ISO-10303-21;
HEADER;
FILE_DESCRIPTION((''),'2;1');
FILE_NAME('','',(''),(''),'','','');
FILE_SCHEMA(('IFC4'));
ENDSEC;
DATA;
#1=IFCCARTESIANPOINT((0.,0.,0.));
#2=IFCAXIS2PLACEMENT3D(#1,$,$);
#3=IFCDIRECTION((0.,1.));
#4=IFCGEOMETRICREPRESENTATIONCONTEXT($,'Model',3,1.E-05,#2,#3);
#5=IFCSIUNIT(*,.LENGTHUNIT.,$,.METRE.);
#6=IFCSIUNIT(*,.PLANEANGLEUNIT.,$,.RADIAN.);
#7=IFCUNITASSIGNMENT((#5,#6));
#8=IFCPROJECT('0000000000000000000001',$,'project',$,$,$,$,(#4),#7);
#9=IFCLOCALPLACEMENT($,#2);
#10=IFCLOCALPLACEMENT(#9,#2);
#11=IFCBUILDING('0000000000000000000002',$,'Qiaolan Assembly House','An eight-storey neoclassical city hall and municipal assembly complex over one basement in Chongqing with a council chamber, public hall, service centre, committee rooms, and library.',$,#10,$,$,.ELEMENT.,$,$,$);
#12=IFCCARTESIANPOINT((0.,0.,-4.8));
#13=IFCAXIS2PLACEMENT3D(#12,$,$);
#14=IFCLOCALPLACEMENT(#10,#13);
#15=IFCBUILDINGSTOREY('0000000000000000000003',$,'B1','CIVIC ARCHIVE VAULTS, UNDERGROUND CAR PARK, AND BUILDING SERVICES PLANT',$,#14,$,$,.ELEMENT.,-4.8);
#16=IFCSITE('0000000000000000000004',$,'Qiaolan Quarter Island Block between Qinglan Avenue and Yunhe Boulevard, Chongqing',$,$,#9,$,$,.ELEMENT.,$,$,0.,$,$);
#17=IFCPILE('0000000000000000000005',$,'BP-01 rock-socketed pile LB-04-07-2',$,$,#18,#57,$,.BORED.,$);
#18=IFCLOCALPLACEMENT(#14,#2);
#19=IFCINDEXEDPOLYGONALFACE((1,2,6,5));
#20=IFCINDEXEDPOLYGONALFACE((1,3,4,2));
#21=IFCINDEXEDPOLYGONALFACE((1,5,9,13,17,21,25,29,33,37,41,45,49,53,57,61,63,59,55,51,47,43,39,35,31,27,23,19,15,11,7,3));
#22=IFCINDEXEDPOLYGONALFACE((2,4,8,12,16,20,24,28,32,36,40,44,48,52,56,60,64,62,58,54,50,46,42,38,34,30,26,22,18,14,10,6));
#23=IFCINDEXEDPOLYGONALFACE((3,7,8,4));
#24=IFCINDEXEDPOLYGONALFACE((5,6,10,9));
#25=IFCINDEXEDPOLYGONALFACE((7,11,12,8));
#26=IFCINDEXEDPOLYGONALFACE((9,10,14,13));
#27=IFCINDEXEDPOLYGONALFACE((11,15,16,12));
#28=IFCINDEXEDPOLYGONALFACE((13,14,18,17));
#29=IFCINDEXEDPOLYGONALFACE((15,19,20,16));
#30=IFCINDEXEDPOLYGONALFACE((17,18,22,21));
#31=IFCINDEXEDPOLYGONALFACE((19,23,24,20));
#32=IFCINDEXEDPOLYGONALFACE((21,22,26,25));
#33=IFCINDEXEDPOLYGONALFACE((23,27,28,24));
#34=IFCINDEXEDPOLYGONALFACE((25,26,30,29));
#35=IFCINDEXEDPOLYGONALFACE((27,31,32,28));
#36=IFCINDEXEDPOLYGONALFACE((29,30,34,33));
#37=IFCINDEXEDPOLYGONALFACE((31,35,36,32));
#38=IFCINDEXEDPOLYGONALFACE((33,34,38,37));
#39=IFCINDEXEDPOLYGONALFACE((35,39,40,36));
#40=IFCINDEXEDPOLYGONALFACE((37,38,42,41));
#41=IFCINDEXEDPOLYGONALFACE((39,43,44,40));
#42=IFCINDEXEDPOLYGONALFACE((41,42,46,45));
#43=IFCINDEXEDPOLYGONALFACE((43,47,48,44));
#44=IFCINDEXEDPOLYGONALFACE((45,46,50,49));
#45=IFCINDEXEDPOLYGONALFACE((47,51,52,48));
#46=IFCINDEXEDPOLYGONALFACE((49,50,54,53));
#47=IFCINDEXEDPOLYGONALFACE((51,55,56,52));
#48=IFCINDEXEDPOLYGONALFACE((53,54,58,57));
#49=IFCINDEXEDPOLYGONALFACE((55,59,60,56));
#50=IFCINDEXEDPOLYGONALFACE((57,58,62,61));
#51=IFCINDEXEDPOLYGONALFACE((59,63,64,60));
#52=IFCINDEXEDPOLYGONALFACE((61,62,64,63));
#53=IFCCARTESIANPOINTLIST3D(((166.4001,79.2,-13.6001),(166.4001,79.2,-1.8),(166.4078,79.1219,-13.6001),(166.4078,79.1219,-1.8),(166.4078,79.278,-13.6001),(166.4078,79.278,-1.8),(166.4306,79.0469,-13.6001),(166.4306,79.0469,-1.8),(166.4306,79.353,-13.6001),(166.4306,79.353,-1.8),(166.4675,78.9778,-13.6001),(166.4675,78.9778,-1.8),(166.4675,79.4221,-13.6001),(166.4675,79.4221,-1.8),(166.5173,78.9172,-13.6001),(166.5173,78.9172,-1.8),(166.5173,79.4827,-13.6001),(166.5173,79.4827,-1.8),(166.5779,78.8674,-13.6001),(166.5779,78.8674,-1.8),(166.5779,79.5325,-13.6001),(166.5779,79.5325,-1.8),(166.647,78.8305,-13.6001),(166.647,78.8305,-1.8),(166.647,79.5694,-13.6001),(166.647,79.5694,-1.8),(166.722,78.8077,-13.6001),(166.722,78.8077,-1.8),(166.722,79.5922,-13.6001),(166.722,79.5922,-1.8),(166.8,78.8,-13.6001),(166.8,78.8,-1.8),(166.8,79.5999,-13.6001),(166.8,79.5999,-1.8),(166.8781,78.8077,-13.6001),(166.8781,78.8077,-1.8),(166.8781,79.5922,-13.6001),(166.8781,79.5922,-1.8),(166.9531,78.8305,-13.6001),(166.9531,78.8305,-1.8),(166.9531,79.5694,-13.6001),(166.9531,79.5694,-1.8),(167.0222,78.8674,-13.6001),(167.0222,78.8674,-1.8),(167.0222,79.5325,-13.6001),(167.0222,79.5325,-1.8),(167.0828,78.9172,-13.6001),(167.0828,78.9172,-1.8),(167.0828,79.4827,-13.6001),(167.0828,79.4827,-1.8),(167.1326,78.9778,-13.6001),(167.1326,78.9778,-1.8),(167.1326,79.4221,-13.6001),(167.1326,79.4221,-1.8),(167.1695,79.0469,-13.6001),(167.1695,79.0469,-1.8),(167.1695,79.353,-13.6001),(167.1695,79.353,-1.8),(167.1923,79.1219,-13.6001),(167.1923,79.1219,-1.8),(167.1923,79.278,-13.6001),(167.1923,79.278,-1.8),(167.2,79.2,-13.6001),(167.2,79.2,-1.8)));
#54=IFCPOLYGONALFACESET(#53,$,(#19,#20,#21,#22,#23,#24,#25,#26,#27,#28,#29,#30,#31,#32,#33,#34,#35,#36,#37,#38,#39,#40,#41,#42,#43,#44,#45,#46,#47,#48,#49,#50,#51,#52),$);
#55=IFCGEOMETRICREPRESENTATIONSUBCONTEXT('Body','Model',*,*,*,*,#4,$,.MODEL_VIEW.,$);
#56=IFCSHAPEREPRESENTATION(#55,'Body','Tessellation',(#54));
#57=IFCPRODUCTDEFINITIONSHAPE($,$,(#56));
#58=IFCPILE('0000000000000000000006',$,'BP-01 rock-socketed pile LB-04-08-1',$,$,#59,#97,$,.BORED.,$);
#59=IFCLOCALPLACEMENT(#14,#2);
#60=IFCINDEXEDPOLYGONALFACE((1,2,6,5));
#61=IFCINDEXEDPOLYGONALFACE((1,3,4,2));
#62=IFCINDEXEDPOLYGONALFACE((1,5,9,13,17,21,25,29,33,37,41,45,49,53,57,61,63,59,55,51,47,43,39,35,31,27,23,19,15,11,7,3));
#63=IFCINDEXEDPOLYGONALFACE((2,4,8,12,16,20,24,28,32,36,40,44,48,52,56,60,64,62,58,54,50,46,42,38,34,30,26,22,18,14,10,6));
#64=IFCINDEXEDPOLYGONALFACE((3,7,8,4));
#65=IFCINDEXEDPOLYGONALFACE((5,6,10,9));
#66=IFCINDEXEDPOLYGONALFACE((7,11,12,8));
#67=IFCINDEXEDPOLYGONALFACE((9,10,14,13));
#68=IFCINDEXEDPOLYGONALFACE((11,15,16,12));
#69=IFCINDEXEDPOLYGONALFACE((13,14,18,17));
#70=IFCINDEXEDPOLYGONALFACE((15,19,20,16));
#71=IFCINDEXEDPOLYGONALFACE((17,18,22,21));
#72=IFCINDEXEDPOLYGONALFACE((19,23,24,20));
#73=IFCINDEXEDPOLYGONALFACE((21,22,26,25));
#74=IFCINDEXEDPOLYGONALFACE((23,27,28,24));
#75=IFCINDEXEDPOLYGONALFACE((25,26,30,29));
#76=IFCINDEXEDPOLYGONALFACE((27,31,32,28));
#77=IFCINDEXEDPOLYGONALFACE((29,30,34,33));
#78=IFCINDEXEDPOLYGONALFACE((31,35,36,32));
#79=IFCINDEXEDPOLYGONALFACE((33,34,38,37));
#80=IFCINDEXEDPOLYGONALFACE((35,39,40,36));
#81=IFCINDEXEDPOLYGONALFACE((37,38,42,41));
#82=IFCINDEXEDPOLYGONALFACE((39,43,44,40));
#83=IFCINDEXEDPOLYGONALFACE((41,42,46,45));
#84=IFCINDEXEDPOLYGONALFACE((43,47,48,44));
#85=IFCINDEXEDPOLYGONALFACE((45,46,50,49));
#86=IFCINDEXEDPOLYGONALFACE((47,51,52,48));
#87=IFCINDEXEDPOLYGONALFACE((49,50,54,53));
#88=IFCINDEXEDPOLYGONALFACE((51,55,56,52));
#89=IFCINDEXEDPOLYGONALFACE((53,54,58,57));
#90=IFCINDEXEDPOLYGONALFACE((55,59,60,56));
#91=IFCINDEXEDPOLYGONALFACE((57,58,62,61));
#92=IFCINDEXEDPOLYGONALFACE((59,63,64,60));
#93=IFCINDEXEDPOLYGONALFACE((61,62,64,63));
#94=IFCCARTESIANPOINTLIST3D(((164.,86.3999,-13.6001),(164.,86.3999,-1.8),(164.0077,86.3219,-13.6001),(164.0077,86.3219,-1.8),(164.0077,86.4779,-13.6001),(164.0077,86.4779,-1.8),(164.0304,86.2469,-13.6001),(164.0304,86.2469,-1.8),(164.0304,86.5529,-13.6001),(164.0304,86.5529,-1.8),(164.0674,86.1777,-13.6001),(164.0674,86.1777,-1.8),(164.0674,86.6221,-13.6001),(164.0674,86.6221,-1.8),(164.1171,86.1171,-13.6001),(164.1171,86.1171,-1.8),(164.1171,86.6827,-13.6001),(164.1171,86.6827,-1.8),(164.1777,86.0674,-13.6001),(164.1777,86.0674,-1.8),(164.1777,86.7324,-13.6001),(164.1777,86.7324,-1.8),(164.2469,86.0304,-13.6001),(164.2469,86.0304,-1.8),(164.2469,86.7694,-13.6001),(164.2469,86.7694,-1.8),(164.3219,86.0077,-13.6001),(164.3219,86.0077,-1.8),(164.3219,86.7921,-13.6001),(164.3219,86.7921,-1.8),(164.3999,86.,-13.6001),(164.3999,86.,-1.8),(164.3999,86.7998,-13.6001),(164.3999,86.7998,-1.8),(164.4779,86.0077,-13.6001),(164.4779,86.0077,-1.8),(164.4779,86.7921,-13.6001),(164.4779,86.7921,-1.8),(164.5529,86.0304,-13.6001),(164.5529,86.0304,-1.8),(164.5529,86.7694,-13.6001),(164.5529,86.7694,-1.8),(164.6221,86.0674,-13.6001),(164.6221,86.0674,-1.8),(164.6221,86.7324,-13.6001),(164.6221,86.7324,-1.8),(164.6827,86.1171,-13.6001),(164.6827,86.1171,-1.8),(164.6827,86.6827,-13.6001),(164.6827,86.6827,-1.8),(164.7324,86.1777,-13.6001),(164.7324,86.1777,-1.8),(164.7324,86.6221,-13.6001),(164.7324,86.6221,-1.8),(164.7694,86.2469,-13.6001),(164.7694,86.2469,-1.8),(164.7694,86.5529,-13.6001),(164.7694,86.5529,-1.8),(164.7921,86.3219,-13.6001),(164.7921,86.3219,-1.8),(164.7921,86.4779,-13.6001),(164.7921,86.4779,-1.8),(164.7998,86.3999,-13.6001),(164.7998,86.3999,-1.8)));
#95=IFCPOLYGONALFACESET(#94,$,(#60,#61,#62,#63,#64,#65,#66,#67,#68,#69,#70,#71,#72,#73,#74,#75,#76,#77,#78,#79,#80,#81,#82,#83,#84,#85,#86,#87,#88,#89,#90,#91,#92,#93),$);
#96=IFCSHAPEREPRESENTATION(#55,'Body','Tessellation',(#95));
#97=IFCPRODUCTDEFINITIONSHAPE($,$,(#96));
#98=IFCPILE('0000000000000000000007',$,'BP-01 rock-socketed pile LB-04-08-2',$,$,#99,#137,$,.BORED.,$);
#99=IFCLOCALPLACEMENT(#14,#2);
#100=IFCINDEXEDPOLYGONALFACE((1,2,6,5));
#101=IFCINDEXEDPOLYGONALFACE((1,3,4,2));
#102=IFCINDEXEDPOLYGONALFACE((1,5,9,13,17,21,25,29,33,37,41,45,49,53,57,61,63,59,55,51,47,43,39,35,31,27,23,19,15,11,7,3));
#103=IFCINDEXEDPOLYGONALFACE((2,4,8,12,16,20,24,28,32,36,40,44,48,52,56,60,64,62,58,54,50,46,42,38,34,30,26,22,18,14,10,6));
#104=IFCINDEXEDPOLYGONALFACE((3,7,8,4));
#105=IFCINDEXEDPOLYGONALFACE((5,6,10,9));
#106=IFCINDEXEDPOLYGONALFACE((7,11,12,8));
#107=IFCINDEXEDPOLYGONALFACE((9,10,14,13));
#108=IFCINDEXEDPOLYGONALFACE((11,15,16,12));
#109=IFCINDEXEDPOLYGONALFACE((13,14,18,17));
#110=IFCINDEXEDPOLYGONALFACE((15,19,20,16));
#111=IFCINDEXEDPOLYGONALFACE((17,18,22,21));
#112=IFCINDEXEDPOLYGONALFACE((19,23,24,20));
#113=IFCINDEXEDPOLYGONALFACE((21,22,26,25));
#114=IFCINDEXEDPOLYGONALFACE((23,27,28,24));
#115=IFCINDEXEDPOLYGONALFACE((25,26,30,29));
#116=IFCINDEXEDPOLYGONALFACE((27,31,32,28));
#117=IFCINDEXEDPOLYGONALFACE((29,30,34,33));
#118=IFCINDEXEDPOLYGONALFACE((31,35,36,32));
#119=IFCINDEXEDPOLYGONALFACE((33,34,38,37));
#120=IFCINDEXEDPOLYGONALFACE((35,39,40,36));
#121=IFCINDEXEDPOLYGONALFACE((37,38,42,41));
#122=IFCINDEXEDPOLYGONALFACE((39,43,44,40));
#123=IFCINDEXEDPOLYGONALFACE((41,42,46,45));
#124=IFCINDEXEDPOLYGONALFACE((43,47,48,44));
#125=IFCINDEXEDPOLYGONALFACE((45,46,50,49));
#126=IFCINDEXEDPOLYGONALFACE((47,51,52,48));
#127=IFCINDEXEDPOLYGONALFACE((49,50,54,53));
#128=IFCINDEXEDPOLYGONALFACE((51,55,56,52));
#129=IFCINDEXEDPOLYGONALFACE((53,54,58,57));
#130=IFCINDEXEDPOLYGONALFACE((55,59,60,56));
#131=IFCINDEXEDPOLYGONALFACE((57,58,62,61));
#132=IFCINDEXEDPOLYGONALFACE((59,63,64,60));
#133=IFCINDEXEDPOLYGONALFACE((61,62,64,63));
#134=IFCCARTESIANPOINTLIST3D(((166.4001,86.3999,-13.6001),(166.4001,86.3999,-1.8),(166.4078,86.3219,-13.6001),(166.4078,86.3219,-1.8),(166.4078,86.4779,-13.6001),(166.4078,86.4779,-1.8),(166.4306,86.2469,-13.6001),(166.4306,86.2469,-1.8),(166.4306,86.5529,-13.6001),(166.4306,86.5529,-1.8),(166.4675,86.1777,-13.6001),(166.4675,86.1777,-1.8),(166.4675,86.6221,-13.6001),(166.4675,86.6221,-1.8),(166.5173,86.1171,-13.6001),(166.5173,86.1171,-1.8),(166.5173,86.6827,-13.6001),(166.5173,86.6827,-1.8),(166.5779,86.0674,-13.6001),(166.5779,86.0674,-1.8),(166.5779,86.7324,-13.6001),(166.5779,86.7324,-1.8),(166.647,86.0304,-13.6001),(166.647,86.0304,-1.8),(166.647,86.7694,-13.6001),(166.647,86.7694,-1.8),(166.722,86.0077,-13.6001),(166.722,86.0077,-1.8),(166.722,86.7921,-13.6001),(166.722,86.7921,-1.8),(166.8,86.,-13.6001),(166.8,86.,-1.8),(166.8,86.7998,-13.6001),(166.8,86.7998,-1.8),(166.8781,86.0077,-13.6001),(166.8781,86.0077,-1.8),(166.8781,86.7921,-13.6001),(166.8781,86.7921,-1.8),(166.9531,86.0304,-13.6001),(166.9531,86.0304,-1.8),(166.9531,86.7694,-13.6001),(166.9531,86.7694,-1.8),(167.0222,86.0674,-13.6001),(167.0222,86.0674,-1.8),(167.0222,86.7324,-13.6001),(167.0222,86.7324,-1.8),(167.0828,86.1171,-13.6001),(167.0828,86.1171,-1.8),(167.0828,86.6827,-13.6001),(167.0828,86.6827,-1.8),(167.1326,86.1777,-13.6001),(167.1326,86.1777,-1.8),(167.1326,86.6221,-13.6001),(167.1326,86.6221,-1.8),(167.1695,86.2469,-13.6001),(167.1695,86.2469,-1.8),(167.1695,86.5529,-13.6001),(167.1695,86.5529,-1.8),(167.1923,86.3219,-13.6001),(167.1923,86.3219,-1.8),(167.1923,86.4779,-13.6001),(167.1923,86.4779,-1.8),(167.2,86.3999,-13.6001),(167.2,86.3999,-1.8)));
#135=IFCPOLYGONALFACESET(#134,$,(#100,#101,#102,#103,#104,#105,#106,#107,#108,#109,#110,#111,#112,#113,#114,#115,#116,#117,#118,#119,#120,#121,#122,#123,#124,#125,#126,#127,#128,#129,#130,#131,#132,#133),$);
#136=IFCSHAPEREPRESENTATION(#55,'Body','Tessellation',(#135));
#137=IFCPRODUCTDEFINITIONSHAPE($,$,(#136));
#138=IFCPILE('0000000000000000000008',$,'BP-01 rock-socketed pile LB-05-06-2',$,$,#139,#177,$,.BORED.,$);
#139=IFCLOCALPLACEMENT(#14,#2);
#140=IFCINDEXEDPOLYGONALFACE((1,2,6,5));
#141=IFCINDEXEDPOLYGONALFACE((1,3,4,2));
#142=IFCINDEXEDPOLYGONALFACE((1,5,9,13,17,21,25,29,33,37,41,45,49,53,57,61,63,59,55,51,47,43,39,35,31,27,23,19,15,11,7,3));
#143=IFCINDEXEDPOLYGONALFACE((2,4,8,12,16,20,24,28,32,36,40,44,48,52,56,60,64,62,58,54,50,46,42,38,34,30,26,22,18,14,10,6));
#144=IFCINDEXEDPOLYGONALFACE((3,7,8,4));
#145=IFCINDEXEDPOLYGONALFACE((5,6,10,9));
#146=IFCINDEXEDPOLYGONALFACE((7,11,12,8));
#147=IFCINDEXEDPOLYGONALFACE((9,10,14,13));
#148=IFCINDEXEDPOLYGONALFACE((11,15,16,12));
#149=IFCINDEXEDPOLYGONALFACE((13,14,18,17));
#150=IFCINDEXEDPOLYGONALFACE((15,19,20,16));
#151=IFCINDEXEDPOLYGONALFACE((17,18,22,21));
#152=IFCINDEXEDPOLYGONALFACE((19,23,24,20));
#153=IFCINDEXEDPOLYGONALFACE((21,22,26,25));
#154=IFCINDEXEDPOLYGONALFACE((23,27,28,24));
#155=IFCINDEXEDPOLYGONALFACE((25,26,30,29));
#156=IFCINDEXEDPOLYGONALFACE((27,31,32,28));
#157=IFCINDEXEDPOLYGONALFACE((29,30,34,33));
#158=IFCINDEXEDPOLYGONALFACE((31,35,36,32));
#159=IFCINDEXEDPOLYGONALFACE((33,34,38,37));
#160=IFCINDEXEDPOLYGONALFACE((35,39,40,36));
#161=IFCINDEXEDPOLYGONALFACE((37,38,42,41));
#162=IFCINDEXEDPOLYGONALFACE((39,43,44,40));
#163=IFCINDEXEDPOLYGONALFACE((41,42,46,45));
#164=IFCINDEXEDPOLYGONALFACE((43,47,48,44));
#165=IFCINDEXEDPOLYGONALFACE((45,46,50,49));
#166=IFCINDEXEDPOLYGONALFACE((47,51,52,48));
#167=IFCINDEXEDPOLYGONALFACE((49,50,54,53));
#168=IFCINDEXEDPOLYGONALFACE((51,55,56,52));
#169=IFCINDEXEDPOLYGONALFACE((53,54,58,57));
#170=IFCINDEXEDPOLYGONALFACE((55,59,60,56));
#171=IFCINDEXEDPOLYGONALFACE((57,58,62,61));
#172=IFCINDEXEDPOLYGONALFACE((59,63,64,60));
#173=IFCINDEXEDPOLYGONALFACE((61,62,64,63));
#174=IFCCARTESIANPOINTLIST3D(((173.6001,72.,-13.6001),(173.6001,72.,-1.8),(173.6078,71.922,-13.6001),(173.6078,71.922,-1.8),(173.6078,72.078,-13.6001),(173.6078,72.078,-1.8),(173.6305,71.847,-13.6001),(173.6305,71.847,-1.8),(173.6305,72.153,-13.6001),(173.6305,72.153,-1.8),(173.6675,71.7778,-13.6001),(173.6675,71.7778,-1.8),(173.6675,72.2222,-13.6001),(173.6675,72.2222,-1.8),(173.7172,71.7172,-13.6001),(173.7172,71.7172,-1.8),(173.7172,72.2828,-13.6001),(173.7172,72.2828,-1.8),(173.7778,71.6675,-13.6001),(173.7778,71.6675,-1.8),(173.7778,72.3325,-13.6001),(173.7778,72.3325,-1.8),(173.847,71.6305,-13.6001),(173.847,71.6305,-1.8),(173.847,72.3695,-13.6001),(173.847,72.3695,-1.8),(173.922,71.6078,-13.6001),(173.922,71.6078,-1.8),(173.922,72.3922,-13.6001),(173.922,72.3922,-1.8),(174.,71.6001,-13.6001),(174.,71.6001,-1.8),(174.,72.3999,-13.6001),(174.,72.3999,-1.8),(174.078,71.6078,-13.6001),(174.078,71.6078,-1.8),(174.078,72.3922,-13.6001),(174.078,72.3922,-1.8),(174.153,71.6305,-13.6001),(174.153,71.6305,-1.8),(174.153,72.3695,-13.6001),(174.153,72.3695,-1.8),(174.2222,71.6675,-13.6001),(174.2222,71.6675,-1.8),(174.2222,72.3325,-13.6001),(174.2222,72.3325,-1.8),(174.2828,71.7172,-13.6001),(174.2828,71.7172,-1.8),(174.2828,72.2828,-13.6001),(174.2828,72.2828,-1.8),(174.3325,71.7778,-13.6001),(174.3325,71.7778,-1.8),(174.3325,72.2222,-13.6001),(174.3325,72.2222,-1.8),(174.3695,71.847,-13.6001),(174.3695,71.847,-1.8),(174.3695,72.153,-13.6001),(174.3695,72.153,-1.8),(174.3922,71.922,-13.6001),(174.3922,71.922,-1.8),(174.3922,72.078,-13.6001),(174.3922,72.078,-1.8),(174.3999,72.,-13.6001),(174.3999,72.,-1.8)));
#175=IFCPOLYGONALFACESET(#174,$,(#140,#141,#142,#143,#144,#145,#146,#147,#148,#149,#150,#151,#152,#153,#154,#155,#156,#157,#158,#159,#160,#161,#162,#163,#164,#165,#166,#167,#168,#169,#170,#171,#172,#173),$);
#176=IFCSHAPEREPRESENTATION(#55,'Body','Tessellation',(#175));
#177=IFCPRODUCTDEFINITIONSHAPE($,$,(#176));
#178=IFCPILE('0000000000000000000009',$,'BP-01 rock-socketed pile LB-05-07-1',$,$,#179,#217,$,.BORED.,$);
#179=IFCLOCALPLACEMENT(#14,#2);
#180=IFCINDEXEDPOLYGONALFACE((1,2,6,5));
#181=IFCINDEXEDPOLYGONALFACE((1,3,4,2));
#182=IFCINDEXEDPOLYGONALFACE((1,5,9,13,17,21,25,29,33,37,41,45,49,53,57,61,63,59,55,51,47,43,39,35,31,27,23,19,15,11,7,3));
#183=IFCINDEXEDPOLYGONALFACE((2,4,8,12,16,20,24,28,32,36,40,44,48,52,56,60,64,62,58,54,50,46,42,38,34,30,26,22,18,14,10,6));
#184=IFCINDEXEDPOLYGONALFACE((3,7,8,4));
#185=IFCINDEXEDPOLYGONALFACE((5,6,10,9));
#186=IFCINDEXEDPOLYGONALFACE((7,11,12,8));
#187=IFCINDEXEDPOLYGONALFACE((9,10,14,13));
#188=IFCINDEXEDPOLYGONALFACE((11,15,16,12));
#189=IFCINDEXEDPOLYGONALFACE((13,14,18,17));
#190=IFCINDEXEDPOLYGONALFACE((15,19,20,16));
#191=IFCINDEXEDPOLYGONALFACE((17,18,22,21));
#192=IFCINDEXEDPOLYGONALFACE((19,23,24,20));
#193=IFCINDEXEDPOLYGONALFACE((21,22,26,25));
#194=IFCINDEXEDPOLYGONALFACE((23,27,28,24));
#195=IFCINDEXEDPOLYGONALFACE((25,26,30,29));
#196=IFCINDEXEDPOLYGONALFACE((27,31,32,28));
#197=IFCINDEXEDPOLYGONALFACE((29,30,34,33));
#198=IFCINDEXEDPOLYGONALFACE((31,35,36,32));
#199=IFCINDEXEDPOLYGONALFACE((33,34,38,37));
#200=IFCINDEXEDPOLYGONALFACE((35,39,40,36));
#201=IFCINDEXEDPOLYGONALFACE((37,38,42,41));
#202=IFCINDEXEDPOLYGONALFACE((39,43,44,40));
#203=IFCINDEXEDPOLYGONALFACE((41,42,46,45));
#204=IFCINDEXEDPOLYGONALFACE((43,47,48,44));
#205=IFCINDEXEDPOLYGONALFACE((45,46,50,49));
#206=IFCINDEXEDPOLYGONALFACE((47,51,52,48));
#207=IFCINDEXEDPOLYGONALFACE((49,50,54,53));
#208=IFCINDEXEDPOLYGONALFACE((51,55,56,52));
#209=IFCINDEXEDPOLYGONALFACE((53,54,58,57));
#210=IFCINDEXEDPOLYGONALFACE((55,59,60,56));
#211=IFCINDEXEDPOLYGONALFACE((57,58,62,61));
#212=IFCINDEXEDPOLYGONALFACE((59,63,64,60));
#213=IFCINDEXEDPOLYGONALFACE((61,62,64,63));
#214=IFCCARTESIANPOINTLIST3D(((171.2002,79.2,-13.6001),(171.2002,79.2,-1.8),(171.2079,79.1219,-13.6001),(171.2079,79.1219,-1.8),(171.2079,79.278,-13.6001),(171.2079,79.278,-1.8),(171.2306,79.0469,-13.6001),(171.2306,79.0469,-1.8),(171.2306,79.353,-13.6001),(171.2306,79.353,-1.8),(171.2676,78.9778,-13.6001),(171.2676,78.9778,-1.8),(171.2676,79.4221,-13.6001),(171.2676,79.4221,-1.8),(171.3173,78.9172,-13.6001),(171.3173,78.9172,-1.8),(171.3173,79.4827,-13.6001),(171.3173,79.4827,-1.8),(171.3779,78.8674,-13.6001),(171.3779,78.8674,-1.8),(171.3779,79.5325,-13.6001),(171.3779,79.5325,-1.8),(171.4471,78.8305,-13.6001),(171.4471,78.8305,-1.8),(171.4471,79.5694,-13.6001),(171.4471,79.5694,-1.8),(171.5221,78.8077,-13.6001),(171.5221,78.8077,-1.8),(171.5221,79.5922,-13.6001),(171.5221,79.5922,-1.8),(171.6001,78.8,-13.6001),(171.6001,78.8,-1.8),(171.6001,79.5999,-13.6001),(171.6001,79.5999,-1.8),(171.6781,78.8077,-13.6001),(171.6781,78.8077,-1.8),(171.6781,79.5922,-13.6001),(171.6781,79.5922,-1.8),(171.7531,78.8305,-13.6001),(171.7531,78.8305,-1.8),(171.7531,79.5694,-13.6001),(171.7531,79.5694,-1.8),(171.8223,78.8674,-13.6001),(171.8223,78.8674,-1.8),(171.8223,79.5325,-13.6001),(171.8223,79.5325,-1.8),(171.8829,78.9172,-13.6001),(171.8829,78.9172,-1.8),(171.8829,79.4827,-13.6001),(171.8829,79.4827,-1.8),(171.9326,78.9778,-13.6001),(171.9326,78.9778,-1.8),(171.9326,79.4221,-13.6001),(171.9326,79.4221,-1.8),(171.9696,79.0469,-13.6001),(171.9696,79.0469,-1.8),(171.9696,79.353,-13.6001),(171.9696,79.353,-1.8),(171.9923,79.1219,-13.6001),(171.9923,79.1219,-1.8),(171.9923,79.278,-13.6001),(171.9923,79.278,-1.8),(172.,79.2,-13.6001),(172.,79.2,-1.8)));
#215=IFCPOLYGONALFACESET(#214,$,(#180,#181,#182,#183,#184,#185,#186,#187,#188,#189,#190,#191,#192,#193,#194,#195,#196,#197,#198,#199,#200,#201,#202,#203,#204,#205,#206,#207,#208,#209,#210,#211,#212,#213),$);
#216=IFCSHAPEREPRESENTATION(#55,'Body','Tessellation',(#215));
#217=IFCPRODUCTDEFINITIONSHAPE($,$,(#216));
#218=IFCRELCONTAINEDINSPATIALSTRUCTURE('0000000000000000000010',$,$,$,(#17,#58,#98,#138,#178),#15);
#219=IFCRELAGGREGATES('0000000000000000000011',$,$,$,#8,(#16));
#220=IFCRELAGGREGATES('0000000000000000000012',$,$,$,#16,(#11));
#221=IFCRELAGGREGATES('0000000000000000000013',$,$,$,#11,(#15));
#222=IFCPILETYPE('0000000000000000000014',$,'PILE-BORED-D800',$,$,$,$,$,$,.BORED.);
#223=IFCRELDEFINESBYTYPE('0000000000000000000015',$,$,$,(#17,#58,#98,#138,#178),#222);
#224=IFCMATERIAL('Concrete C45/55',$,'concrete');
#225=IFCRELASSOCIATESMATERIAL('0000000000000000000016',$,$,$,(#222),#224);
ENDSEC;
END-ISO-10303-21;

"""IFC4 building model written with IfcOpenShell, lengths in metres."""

from ifc_helpers import new_model, si_unit, direction, frame, origin, origin_2d, place, context, subcontext, project, spatial, circle, extrude, material, material_profile, profile_set, type_object, element, save


model = new_model("IFC4")

# Units and contexts
model_context = context("Model", 3, precision=1e-05, world=origin(), true_north=direction((0.0, 1.0)))
body_context = subcontext(model_context, "Body", "Model", "MODEL_VIEW")
ifc_project = project(units=[si_unit("LENGTHUNIT", "METRE"), si_unit("PLANEANGLEUNIT", "RADIAN")], contexts=[model_context])

# Site, building, storey
site_placement = place(None, origin())
site = spatial("IfcSite", under=ifc_project, at=site_placement, Name="Qiaolan Quarter Island Block between Qinglan Avenue and Yunhe Boulevard, Chongqing", CompositionType="ELEMENT", RefElevation=0.0)
building_placement = place(site_placement, origin())
building = spatial("IfcBuilding", under=site, at=building_placement, Name="Qiaolan Assembly House", Description="An eight-storey neoclassical city hall and municipal assembly complex over one basement in Chongqing with a council chamber, public hall, service centre, committee rooms, and library.", CompositionType="ELEMENT")
storey_placement = place(building_placement, frame((0.0, 0.0, -4.8)))
storey = spatial("IfcBuildingStorey", under=building, at=storey_placement, Name="B1", Description="CIVIC ARCHIVE VAULTS, UNDERGROUND CAR PARK, AND BUILDING SERVICES PLANT", CompositionType="ELEMENT", Elevation=-4.8)

# Piles
ifc_material_1 = material(Name="Concrete C45/55", Category="concrete")
ifc_material_profile_1 = material_profile(ifc_material_1, circle(Radius=0.3999, at=origin_2d()), Name="PILE D800")
ifc_profile_set_1 = profile_set([ifc_material_profile_1], Name="Concrete C45/55")
pile_type = type_object("IfcPileType", Name="PILE-BORED-D800", PredefinedType="BORED", material=ifc_profile_set_1)
for number, where, z_axis, x_axis, name in (
    (1, (166.8, 79.2, -1.8), (0.0, 0.0, -1.0), (1.0, 0.0, 0.0), "BP-01 rock-socketed pile LB-04-07-2"),
    (2, (164.3999, 86.3999, -1.8), (0.0, 0.0, -1.0), (1.0, 0.0, 0.0), "BP-01 rock-socketed pile LB-04-08-1"),
    (3, (166.8, 86.3999, -1.8), (0.0, 0.0, -1.0), (1.0, 0.0, 0.0), "BP-01 rock-socketed pile LB-04-08-2"),
    (4, (174.0, 72.0, -1.8), (0.0, 0.0, -1.0), (1.0, 0.0, 0.0), "BP-01 rock-socketed pile LB-05-06-2"),
    (5, (171.6001, 79.2, -1.8), (0.0, 0.0, -1.0), (1.0, 0.0, 0.0), "BP-01 rock-socketed pile LB-05-07-1"),
):
    element("IfcPile", number, at=place(storey_placement, frame(where, z_axis=z_axis, x_axis=x_axis)), inside=storey, type_object=pile_type, Name=name, PredefinedType="BORED", context=body_context, shape_type="SweptSolid", body=[
        extrude(circle(Radius=0.3999, at=origin_2d()), origin(), (0.0, 0.0, 1.0), 11.8),
    ])

save(model, "model.ifc")
